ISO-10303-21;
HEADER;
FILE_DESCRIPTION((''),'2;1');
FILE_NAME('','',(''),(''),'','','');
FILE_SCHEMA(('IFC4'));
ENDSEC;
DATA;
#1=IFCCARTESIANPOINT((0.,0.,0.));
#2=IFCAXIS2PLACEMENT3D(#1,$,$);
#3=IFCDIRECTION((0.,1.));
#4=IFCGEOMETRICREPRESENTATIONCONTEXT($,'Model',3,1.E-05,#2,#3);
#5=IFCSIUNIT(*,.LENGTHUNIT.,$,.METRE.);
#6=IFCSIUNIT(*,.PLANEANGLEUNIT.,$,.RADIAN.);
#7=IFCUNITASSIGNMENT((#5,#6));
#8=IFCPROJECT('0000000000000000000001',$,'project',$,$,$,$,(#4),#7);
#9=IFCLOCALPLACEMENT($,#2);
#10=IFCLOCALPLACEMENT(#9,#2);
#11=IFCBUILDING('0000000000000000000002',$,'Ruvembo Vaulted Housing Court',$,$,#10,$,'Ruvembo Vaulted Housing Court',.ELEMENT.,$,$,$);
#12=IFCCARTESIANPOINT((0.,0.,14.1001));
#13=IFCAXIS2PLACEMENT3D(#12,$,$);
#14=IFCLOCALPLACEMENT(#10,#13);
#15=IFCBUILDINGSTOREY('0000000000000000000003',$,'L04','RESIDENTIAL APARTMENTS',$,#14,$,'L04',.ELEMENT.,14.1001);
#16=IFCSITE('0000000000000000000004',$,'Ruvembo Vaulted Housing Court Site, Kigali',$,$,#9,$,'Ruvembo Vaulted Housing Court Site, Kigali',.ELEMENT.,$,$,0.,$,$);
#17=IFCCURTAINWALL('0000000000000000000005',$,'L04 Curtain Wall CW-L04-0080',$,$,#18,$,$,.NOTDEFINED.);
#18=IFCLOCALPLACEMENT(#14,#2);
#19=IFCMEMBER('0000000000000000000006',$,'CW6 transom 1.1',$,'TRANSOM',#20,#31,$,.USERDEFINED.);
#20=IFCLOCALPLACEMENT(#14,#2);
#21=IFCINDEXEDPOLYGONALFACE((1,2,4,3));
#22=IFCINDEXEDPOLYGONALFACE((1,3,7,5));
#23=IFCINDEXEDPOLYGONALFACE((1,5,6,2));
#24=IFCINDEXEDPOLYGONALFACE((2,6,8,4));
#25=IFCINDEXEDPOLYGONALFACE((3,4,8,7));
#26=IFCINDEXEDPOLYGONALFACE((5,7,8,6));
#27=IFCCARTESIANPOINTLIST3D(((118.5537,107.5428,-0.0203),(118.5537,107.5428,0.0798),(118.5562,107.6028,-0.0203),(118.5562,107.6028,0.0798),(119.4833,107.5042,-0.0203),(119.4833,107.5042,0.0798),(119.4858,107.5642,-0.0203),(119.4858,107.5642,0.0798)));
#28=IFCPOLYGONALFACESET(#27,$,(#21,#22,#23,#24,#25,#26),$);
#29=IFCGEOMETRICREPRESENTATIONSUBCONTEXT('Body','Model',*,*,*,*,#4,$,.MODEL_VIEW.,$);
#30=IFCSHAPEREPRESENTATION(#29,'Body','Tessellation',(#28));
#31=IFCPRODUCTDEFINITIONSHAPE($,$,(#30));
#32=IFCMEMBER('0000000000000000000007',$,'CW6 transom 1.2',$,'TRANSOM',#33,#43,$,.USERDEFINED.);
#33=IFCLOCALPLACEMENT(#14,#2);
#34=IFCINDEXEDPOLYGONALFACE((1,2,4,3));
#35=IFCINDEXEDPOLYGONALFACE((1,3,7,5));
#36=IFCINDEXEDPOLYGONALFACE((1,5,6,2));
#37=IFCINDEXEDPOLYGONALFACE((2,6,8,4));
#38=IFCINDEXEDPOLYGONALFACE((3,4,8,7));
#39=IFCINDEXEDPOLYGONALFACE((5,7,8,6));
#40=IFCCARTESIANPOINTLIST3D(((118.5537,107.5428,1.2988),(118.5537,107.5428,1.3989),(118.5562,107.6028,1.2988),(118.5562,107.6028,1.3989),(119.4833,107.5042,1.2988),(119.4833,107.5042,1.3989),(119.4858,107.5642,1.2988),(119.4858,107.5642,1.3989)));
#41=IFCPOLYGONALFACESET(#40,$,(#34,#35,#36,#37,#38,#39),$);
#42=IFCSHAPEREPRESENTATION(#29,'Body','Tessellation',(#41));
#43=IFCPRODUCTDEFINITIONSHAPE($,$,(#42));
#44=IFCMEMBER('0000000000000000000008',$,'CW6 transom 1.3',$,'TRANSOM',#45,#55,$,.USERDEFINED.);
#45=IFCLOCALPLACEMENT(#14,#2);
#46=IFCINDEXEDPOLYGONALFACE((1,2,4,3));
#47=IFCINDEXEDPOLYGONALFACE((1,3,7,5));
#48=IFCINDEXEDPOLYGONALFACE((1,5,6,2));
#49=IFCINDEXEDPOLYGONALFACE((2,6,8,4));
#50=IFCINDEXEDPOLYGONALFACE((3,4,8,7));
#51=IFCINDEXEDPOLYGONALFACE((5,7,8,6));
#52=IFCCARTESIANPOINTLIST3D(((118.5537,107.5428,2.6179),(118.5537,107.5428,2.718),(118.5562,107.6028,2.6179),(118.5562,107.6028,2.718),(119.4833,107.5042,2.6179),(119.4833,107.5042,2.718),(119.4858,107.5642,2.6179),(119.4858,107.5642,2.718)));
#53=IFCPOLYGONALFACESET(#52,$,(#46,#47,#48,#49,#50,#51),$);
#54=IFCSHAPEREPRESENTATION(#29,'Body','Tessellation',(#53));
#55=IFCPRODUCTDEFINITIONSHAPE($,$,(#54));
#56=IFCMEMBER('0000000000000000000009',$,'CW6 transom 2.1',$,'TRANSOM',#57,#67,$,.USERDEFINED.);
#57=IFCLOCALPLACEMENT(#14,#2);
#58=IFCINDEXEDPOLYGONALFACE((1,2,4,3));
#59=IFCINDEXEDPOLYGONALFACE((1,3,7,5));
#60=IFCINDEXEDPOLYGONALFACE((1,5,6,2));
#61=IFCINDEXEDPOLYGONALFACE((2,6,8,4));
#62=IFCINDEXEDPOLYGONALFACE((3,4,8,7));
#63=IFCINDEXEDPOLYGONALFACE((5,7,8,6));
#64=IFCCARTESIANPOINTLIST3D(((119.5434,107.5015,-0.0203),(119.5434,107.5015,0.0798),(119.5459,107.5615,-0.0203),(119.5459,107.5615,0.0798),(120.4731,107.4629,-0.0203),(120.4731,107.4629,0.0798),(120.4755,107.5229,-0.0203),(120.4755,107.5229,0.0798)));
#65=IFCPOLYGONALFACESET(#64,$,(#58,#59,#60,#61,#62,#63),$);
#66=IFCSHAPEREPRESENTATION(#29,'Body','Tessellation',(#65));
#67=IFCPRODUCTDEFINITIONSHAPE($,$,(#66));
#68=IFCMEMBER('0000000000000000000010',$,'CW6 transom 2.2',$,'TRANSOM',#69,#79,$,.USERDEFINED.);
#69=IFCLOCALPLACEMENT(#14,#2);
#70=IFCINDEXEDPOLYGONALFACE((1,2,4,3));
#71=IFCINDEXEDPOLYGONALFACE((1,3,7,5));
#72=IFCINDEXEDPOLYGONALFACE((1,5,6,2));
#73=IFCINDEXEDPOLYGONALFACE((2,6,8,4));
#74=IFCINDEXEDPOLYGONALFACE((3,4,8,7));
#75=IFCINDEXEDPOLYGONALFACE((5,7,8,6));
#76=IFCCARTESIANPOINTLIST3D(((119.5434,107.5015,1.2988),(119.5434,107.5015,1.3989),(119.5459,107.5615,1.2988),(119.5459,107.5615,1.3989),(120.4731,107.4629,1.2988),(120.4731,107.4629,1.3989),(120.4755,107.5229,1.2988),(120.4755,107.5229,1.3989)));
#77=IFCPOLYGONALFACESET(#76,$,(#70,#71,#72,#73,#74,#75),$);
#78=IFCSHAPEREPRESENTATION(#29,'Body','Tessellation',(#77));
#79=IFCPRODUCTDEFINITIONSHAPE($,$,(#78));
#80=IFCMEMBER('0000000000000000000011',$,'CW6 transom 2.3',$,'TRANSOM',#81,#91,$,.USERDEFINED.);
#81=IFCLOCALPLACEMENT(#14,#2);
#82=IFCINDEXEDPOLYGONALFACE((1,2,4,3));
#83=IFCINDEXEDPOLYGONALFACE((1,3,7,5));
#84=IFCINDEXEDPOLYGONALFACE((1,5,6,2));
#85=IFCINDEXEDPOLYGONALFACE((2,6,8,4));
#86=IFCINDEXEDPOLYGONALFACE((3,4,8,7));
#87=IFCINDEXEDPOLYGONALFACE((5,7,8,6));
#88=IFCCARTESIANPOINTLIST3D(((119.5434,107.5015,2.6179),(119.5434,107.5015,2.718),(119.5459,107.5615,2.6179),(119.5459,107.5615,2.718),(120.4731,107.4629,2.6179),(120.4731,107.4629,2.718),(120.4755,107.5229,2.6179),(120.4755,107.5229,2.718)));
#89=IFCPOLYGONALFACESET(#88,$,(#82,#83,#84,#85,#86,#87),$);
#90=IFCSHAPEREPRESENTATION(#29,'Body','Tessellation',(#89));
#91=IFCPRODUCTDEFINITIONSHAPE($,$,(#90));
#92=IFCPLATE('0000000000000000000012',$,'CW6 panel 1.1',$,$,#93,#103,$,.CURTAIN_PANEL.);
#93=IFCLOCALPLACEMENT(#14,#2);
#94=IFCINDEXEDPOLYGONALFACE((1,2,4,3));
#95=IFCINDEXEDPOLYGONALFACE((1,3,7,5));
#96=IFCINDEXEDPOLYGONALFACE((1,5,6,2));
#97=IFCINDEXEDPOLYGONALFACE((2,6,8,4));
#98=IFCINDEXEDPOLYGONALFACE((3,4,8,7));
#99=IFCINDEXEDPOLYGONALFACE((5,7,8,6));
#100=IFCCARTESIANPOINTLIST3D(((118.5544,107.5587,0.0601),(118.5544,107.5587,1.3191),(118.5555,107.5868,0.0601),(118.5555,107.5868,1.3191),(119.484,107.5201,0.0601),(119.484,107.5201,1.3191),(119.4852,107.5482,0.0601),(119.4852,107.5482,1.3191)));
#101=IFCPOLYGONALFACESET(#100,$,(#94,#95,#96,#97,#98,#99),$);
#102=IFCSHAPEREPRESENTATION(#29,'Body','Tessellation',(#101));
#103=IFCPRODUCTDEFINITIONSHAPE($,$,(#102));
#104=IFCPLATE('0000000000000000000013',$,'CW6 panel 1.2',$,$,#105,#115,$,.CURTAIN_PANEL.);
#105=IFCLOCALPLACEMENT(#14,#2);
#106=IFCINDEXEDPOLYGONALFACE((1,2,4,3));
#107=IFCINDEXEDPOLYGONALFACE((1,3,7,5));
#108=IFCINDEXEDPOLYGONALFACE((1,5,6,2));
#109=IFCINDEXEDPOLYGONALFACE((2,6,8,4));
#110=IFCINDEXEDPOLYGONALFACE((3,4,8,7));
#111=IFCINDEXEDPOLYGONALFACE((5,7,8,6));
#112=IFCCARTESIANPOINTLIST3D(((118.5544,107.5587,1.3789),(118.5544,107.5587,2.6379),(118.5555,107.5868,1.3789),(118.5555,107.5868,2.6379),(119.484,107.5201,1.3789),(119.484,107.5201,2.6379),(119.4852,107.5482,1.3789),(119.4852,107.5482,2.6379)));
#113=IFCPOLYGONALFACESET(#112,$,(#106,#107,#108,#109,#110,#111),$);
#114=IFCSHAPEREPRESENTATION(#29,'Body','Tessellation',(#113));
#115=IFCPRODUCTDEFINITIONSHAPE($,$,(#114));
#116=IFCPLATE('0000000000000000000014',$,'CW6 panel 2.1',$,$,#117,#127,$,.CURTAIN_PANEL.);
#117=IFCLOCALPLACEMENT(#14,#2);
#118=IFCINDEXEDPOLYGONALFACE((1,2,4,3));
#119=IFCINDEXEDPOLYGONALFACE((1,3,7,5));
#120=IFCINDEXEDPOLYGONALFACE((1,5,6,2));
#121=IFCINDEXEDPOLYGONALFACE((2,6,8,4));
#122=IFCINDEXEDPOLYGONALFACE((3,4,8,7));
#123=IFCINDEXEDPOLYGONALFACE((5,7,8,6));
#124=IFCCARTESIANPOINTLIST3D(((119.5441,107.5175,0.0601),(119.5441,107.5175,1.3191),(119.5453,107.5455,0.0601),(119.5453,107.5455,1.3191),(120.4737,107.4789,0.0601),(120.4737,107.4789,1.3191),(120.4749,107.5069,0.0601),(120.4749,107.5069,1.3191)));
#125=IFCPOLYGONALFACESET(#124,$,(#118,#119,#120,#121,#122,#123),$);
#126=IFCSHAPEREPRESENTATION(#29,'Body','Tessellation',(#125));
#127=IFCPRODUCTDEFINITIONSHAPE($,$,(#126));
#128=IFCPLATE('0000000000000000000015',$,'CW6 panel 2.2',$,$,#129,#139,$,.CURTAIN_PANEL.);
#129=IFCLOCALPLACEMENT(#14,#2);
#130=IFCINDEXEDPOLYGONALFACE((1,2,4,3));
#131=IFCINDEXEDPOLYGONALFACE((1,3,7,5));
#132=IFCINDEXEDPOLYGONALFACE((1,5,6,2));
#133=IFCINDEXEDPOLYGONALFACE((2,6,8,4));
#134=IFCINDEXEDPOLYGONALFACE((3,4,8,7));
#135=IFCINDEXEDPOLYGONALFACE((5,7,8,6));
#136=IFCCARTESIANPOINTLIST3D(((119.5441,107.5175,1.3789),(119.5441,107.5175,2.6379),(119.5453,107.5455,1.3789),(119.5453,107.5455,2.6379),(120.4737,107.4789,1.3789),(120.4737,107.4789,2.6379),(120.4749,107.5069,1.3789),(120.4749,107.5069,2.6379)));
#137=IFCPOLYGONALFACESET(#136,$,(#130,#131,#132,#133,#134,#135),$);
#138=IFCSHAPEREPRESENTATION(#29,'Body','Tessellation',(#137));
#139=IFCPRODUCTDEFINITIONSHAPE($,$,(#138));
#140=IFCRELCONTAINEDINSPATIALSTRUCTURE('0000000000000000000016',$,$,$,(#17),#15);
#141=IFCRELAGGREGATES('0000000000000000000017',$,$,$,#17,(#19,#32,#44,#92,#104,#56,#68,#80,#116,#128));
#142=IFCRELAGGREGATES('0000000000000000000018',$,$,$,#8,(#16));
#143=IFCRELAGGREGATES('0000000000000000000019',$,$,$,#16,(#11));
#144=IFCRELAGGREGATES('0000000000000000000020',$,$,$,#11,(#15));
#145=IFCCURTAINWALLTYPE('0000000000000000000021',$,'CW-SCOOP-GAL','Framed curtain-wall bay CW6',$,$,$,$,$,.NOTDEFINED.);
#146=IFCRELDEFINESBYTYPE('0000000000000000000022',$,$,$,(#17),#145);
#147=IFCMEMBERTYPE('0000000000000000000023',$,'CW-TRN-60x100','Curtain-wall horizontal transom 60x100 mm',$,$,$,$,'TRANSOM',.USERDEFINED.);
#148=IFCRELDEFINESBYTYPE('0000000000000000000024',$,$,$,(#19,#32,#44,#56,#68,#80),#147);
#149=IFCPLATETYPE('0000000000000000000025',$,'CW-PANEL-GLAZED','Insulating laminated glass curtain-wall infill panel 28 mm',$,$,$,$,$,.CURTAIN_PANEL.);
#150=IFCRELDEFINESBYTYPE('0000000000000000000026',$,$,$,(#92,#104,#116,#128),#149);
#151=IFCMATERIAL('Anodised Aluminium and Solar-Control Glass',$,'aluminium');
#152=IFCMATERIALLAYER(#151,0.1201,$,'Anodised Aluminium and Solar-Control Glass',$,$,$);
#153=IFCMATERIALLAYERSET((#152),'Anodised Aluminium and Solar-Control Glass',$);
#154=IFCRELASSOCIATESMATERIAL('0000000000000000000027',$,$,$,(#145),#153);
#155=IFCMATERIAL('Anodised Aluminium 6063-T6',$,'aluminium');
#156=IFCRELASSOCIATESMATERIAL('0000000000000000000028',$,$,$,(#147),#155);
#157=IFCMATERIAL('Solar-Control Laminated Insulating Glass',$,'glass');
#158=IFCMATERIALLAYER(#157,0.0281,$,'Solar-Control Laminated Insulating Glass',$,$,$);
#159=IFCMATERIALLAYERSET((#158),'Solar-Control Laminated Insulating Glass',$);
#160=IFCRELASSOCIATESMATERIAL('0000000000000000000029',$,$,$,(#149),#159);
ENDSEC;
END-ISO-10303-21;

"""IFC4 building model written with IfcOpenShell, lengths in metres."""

from ifc_helpers import new_model, si_unit, direction, frame, origin, origin_2d, place, context, subcontext, project, spatial, rectangle, extrude, material, layer, layer_set, material_profile, profile_set, type_object, element, aggregate, save


model = new_model("IFC4")

# Units and contexts
model_context = context("Model", 3, precision=1e-05, world=origin(), true_north=direction((0.0, 1.0)))
body_context = subcontext(model_context, "Body", "Model", "MODEL_VIEW")
ifc_project = project(units=[si_unit("LENGTHUNIT", "METRE"), si_unit("PLANEANGLEUNIT", "RADIAN")], contexts=[model_context])

# Site, building, storey
site_placement = place(None, origin())
site = spatial("IfcSite", under=ifc_project, at=site_placement, Name="Ruvembo Vaulted Housing Court Site, Kigali", LongName="Ruvembo Vaulted Housing Court Site, Kigali", CompositionType="ELEMENT", RefElevation=0.0)
building_placement = place(site_placement, origin())
building = spatial("IfcBuilding", under=site, at=building_placement, Name="Ruvembo Vaulted Housing Court", LongName="Ruvembo Vaulted Housing Court", CompositionType="ELEMENT")
storey_placement = place(building_placement, frame((0.0, 0.0, 14.1001)))
storey = spatial("IfcBuildingStorey", under=building, at=storey_placement, Name="L04", Description="RESIDENTIAL APARTMENTS", LongName="L04", CompositionType="ELEMENT", Elevation=14.1001)

# Curtain wall, members, plates
ifc_material_1 = material(Name="Anodised Aluminium and Solar-Control Glass", Category="aluminium")
ifc_layer_1 = layer(ifc_material_1, 0.1201, Name="Anodised Aluminium and Solar-Control Glass")
ifc_layer_set_1 = layer_set([ifc_layer_1], Name="Anodised Aluminium and Solar-Control Glass")
curtain_wall_type = type_object("IfcCurtainWallType", Name="CW-SCOOP-GAL", Description="Framed curtain-wall bay CW6", PredefinedType="NOTDEFINED", material=ifc_layer_set_1)
curtain_wall_placement = place(storey_placement, origin())
curtain_wall = element("IfcCurtainWall", 1, at=curtain_wall_placement, inside=storey, type_object=curtain_wall_type, Name="L04 Curtain Wall CW-L04-0080", PredefinedType="NOTDEFINED")
ifc_material_2 = material(Name="Anodised Aluminium 6063-T6", Category="aluminium")
ifc_material_profile_1 = material_profile(ifc_material_2, rectangle(XDim=0.0601, YDim=0.1001, at=origin_2d()), Name="ALU 60x100")
ifc_profile_set_1 = profile_set([ifc_material_profile_1], Name="Anodised Aluminium 6063-T6")
member_type_1 = type_object("IfcMemberType", Name="CW-TRN-60x100", Description="Curtain-wall horizontal transom 60x100 mm", ElementType="TRANSOM", PredefinedType="USERDEFINED", material=ifc_profile_set_1)
member_1_placement = place(storey_placement, frame((118.5549, 107.5728, 0.0298), z_axis=(0.99914, -0.041456, 0.0), x_axis=(0.041456, 0.99914, 0.0)))
member_1 = element("IfcMember", 2, at=member_1_placement, type_object=member_type_1, Name="CW6 transom 1.1", ObjectType="TRANSOM", PredefinedType="USERDEFINED", context=body_context, shape_type="SweptSolid", body=[
    extrude(rectangle(XDim=0.0601, YDim=0.1001, at=origin_2d()), origin(), (0.0, 0.0, 1.0), 0.9304),
])
member_2_placement = place(storey_placement, frame((118.5549, 107.5728, 1.3489), z_axis=(0.99914, -0.041456, 0.0), x_axis=(0.041456, 0.99914, 0.0)))
member_2 = element("IfcMember", 3, at=member_2_placement, type_object=member_type_1, Name="CW6 transom 1.2", ObjectType="TRANSOM", PredefinedType="USERDEFINED", context=body_context, shape_type="SweptSolid", body=[
    extrude(rectangle(XDim=0.0601, YDim=0.1001, at=origin_2d()), origin(), (0.0, 0.0, 1.0), 0.9304),
])
member_3_placement = place(storey_placement, frame((118.5549, 107.5728, 2.668), z_axis=(0.99914, -0.041456, 0.0), x_axis=(0.041456, 0.99914, 0.0)))
member_3 = element("IfcMember", 4, at=member_3_placement, type_object=member_type_1, Name="CW6 transom 1.3", ObjectType="TRANSOM", PredefinedType="USERDEFINED", context=body_context, shape_type="SweptSolid", body=[
    extrude(rectangle(XDim=0.0601, YDim=0.1001, at=origin_2d()), origin(), (0.0, 0.0, 1.0), 0.9304),
])
member_4_placement = place(storey_placement, frame((119.5447, 107.5315, 0.0298), z_axis=(0.99914, -0.041456, 0.0), x_axis=(0.041456, 0.99914, 0.0)))
member_4 = element("IfcMember", 5, at=member_4_placement, type_object=member_type_1, Name="CW6 transom 2.1", ObjectType="TRANSOM", PredefinedType="USERDEFINED", context=body_context, shape_type="SweptSolid", body=[
    extrude(rectangle(XDim=0.0601, YDim=0.1001, at=origin_2d()), origin(), (0.0, 0.0, 1.0), 0.9304),
])
member_5_placement = place(storey_placement, frame((119.5447, 107.5315, 1.3489), z_axis=(0.99914, -0.041456, 0.0), x_axis=(0.041456, 0.99914, 0.0)))
member_5 = element("IfcMember", 6, at=member_5_placement, type_object=member_type_1, Name="CW6 transom 2.2", ObjectType="TRANSOM", PredefinedType="USERDEFINED", context=body_context, shape_type="SweptSolid", body=[
    extrude(rectangle(XDim=0.0601, YDim=0.1001, at=origin_2d()), origin(), (0.0, 0.0, 1.0), 0.9304),
])
member_6_placement = place(storey_placement, frame((119.5447, 107.5315, 2.668), z_axis=(0.99914, -0.041456, 0.0), x_axis=(0.041456, 0.99914, 0.0)))
member_6 = element("IfcMember", 7, at=member_6_placement, type_object=member_type_1, Name="CW6 transom 2.3", ObjectType="TRANSOM", PredefinedType="USERDEFINED", context=body_context, shape_type="SweptSolid", body=[
    extrude(rectangle(XDim=0.0601, YDim=0.1001, at=origin_2d()), origin(), (0.0, 0.0, 1.0), 0.9304),
])
ifc_material_3 = material(Name="Solar-Control Laminated Insulating Glass", Category="glass")
ifc_layer_2 = layer(ifc_material_3, 0.0281, Name="Solar-Control Laminated Insulating Glass")
ifc_layer_set_2 = layer_set([ifc_layer_2], Name="Solar-Control Laminated Insulating Glass")
plate_type = type_object("IfcPlateType", Name="CW-PANEL-GLAZED", Description="Insulating laminated glass curtain-wall infill panel 28 mm", PredefinedType="CURTAIN_PANEL", material=ifc_layer_set_2)
plate_1_placement = place(storey_placement, frame((119.0198, 107.5535, 0.0601), z_axis=(0.0, 0.0, 1.0), x_axis=(0.999138, -0.041502, 0.0)))
plate_1 = element("IfcPlate", 8, at=plate_1_placement, type_object=plate_type, Name="CW6 panel 1.1", PredefinedType="CURTAIN_PANEL", context=body_context, shape_type="SweptSolid", body=[
    extrude(rectangle(XDim=0.9304, YDim=0.0281, at=origin_2d()), origin(), (0.0, 0.0, 1.0), 1.259),
])
plate_2_placement = place(storey_placement, frame((119.0198, 107.5535, 1.3789), z_axis=(0.0, 0.0, 1.0), x_axis=(0.999138, -0.041502, 0.0)))
plate_2 = element("IfcPlate", 9, at=plate_2_placement, type_object=plate_type, Name="CW6 panel 1.2", PredefinedType="CURTAIN_PANEL", context=body_context, shape_type="SweptSolid", body=[
    extrude(rectangle(XDim=0.9304, YDim=0.0281, at=origin_2d()), origin(), (0.0, 0.0, 1.0), 1.259),
])
plate_3_placement = place(storey_placement, frame((120.0095, 107.5122, 0.0601), z_axis=(0.0, 0.0, 1.0), x_axis=(0.999138, -0.041502, 0.0)))
plate_3 = element("IfcPlate", 10, at=plate_3_placement, type_object=plate_type, Name="CW6 panel 2.1", PredefinedType="CURTAIN_PANEL", context=body_context, shape_type="SweptSolid", body=[
    extrude(rectangle(XDim=0.9304, YDim=0.0281, at=origin_2d()), origin(), (0.0, 0.0, 1.0), 1.259),
])
plate_4_placement = place(storey_placement, frame((120.0095, 107.5122, 1.3789), z_axis=(0.0, 0.0, 1.0), x_axis=(0.999138, -0.041502, 0.0)))
plate_4 = element("IfcPlate", 11, at=plate_4_placement, type_object=plate_type, Name="CW6 panel 2.2", PredefinedType="CURTAIN_PANEL", context=body_context, shape_type="SweptSolid", body=[
    extrude(rectangle(XDim=0.9304, YDim=0.0281, at=origin_2d()), origin(), (0.0, 0.0, 1.0), 1.259),
])
aggregate(curtain_wall, [member_1, member_2, member_3, plate_1, plate_2, member_4, member_5, member_6, plate_3, plate_4])

save(model, "model.ifc")
